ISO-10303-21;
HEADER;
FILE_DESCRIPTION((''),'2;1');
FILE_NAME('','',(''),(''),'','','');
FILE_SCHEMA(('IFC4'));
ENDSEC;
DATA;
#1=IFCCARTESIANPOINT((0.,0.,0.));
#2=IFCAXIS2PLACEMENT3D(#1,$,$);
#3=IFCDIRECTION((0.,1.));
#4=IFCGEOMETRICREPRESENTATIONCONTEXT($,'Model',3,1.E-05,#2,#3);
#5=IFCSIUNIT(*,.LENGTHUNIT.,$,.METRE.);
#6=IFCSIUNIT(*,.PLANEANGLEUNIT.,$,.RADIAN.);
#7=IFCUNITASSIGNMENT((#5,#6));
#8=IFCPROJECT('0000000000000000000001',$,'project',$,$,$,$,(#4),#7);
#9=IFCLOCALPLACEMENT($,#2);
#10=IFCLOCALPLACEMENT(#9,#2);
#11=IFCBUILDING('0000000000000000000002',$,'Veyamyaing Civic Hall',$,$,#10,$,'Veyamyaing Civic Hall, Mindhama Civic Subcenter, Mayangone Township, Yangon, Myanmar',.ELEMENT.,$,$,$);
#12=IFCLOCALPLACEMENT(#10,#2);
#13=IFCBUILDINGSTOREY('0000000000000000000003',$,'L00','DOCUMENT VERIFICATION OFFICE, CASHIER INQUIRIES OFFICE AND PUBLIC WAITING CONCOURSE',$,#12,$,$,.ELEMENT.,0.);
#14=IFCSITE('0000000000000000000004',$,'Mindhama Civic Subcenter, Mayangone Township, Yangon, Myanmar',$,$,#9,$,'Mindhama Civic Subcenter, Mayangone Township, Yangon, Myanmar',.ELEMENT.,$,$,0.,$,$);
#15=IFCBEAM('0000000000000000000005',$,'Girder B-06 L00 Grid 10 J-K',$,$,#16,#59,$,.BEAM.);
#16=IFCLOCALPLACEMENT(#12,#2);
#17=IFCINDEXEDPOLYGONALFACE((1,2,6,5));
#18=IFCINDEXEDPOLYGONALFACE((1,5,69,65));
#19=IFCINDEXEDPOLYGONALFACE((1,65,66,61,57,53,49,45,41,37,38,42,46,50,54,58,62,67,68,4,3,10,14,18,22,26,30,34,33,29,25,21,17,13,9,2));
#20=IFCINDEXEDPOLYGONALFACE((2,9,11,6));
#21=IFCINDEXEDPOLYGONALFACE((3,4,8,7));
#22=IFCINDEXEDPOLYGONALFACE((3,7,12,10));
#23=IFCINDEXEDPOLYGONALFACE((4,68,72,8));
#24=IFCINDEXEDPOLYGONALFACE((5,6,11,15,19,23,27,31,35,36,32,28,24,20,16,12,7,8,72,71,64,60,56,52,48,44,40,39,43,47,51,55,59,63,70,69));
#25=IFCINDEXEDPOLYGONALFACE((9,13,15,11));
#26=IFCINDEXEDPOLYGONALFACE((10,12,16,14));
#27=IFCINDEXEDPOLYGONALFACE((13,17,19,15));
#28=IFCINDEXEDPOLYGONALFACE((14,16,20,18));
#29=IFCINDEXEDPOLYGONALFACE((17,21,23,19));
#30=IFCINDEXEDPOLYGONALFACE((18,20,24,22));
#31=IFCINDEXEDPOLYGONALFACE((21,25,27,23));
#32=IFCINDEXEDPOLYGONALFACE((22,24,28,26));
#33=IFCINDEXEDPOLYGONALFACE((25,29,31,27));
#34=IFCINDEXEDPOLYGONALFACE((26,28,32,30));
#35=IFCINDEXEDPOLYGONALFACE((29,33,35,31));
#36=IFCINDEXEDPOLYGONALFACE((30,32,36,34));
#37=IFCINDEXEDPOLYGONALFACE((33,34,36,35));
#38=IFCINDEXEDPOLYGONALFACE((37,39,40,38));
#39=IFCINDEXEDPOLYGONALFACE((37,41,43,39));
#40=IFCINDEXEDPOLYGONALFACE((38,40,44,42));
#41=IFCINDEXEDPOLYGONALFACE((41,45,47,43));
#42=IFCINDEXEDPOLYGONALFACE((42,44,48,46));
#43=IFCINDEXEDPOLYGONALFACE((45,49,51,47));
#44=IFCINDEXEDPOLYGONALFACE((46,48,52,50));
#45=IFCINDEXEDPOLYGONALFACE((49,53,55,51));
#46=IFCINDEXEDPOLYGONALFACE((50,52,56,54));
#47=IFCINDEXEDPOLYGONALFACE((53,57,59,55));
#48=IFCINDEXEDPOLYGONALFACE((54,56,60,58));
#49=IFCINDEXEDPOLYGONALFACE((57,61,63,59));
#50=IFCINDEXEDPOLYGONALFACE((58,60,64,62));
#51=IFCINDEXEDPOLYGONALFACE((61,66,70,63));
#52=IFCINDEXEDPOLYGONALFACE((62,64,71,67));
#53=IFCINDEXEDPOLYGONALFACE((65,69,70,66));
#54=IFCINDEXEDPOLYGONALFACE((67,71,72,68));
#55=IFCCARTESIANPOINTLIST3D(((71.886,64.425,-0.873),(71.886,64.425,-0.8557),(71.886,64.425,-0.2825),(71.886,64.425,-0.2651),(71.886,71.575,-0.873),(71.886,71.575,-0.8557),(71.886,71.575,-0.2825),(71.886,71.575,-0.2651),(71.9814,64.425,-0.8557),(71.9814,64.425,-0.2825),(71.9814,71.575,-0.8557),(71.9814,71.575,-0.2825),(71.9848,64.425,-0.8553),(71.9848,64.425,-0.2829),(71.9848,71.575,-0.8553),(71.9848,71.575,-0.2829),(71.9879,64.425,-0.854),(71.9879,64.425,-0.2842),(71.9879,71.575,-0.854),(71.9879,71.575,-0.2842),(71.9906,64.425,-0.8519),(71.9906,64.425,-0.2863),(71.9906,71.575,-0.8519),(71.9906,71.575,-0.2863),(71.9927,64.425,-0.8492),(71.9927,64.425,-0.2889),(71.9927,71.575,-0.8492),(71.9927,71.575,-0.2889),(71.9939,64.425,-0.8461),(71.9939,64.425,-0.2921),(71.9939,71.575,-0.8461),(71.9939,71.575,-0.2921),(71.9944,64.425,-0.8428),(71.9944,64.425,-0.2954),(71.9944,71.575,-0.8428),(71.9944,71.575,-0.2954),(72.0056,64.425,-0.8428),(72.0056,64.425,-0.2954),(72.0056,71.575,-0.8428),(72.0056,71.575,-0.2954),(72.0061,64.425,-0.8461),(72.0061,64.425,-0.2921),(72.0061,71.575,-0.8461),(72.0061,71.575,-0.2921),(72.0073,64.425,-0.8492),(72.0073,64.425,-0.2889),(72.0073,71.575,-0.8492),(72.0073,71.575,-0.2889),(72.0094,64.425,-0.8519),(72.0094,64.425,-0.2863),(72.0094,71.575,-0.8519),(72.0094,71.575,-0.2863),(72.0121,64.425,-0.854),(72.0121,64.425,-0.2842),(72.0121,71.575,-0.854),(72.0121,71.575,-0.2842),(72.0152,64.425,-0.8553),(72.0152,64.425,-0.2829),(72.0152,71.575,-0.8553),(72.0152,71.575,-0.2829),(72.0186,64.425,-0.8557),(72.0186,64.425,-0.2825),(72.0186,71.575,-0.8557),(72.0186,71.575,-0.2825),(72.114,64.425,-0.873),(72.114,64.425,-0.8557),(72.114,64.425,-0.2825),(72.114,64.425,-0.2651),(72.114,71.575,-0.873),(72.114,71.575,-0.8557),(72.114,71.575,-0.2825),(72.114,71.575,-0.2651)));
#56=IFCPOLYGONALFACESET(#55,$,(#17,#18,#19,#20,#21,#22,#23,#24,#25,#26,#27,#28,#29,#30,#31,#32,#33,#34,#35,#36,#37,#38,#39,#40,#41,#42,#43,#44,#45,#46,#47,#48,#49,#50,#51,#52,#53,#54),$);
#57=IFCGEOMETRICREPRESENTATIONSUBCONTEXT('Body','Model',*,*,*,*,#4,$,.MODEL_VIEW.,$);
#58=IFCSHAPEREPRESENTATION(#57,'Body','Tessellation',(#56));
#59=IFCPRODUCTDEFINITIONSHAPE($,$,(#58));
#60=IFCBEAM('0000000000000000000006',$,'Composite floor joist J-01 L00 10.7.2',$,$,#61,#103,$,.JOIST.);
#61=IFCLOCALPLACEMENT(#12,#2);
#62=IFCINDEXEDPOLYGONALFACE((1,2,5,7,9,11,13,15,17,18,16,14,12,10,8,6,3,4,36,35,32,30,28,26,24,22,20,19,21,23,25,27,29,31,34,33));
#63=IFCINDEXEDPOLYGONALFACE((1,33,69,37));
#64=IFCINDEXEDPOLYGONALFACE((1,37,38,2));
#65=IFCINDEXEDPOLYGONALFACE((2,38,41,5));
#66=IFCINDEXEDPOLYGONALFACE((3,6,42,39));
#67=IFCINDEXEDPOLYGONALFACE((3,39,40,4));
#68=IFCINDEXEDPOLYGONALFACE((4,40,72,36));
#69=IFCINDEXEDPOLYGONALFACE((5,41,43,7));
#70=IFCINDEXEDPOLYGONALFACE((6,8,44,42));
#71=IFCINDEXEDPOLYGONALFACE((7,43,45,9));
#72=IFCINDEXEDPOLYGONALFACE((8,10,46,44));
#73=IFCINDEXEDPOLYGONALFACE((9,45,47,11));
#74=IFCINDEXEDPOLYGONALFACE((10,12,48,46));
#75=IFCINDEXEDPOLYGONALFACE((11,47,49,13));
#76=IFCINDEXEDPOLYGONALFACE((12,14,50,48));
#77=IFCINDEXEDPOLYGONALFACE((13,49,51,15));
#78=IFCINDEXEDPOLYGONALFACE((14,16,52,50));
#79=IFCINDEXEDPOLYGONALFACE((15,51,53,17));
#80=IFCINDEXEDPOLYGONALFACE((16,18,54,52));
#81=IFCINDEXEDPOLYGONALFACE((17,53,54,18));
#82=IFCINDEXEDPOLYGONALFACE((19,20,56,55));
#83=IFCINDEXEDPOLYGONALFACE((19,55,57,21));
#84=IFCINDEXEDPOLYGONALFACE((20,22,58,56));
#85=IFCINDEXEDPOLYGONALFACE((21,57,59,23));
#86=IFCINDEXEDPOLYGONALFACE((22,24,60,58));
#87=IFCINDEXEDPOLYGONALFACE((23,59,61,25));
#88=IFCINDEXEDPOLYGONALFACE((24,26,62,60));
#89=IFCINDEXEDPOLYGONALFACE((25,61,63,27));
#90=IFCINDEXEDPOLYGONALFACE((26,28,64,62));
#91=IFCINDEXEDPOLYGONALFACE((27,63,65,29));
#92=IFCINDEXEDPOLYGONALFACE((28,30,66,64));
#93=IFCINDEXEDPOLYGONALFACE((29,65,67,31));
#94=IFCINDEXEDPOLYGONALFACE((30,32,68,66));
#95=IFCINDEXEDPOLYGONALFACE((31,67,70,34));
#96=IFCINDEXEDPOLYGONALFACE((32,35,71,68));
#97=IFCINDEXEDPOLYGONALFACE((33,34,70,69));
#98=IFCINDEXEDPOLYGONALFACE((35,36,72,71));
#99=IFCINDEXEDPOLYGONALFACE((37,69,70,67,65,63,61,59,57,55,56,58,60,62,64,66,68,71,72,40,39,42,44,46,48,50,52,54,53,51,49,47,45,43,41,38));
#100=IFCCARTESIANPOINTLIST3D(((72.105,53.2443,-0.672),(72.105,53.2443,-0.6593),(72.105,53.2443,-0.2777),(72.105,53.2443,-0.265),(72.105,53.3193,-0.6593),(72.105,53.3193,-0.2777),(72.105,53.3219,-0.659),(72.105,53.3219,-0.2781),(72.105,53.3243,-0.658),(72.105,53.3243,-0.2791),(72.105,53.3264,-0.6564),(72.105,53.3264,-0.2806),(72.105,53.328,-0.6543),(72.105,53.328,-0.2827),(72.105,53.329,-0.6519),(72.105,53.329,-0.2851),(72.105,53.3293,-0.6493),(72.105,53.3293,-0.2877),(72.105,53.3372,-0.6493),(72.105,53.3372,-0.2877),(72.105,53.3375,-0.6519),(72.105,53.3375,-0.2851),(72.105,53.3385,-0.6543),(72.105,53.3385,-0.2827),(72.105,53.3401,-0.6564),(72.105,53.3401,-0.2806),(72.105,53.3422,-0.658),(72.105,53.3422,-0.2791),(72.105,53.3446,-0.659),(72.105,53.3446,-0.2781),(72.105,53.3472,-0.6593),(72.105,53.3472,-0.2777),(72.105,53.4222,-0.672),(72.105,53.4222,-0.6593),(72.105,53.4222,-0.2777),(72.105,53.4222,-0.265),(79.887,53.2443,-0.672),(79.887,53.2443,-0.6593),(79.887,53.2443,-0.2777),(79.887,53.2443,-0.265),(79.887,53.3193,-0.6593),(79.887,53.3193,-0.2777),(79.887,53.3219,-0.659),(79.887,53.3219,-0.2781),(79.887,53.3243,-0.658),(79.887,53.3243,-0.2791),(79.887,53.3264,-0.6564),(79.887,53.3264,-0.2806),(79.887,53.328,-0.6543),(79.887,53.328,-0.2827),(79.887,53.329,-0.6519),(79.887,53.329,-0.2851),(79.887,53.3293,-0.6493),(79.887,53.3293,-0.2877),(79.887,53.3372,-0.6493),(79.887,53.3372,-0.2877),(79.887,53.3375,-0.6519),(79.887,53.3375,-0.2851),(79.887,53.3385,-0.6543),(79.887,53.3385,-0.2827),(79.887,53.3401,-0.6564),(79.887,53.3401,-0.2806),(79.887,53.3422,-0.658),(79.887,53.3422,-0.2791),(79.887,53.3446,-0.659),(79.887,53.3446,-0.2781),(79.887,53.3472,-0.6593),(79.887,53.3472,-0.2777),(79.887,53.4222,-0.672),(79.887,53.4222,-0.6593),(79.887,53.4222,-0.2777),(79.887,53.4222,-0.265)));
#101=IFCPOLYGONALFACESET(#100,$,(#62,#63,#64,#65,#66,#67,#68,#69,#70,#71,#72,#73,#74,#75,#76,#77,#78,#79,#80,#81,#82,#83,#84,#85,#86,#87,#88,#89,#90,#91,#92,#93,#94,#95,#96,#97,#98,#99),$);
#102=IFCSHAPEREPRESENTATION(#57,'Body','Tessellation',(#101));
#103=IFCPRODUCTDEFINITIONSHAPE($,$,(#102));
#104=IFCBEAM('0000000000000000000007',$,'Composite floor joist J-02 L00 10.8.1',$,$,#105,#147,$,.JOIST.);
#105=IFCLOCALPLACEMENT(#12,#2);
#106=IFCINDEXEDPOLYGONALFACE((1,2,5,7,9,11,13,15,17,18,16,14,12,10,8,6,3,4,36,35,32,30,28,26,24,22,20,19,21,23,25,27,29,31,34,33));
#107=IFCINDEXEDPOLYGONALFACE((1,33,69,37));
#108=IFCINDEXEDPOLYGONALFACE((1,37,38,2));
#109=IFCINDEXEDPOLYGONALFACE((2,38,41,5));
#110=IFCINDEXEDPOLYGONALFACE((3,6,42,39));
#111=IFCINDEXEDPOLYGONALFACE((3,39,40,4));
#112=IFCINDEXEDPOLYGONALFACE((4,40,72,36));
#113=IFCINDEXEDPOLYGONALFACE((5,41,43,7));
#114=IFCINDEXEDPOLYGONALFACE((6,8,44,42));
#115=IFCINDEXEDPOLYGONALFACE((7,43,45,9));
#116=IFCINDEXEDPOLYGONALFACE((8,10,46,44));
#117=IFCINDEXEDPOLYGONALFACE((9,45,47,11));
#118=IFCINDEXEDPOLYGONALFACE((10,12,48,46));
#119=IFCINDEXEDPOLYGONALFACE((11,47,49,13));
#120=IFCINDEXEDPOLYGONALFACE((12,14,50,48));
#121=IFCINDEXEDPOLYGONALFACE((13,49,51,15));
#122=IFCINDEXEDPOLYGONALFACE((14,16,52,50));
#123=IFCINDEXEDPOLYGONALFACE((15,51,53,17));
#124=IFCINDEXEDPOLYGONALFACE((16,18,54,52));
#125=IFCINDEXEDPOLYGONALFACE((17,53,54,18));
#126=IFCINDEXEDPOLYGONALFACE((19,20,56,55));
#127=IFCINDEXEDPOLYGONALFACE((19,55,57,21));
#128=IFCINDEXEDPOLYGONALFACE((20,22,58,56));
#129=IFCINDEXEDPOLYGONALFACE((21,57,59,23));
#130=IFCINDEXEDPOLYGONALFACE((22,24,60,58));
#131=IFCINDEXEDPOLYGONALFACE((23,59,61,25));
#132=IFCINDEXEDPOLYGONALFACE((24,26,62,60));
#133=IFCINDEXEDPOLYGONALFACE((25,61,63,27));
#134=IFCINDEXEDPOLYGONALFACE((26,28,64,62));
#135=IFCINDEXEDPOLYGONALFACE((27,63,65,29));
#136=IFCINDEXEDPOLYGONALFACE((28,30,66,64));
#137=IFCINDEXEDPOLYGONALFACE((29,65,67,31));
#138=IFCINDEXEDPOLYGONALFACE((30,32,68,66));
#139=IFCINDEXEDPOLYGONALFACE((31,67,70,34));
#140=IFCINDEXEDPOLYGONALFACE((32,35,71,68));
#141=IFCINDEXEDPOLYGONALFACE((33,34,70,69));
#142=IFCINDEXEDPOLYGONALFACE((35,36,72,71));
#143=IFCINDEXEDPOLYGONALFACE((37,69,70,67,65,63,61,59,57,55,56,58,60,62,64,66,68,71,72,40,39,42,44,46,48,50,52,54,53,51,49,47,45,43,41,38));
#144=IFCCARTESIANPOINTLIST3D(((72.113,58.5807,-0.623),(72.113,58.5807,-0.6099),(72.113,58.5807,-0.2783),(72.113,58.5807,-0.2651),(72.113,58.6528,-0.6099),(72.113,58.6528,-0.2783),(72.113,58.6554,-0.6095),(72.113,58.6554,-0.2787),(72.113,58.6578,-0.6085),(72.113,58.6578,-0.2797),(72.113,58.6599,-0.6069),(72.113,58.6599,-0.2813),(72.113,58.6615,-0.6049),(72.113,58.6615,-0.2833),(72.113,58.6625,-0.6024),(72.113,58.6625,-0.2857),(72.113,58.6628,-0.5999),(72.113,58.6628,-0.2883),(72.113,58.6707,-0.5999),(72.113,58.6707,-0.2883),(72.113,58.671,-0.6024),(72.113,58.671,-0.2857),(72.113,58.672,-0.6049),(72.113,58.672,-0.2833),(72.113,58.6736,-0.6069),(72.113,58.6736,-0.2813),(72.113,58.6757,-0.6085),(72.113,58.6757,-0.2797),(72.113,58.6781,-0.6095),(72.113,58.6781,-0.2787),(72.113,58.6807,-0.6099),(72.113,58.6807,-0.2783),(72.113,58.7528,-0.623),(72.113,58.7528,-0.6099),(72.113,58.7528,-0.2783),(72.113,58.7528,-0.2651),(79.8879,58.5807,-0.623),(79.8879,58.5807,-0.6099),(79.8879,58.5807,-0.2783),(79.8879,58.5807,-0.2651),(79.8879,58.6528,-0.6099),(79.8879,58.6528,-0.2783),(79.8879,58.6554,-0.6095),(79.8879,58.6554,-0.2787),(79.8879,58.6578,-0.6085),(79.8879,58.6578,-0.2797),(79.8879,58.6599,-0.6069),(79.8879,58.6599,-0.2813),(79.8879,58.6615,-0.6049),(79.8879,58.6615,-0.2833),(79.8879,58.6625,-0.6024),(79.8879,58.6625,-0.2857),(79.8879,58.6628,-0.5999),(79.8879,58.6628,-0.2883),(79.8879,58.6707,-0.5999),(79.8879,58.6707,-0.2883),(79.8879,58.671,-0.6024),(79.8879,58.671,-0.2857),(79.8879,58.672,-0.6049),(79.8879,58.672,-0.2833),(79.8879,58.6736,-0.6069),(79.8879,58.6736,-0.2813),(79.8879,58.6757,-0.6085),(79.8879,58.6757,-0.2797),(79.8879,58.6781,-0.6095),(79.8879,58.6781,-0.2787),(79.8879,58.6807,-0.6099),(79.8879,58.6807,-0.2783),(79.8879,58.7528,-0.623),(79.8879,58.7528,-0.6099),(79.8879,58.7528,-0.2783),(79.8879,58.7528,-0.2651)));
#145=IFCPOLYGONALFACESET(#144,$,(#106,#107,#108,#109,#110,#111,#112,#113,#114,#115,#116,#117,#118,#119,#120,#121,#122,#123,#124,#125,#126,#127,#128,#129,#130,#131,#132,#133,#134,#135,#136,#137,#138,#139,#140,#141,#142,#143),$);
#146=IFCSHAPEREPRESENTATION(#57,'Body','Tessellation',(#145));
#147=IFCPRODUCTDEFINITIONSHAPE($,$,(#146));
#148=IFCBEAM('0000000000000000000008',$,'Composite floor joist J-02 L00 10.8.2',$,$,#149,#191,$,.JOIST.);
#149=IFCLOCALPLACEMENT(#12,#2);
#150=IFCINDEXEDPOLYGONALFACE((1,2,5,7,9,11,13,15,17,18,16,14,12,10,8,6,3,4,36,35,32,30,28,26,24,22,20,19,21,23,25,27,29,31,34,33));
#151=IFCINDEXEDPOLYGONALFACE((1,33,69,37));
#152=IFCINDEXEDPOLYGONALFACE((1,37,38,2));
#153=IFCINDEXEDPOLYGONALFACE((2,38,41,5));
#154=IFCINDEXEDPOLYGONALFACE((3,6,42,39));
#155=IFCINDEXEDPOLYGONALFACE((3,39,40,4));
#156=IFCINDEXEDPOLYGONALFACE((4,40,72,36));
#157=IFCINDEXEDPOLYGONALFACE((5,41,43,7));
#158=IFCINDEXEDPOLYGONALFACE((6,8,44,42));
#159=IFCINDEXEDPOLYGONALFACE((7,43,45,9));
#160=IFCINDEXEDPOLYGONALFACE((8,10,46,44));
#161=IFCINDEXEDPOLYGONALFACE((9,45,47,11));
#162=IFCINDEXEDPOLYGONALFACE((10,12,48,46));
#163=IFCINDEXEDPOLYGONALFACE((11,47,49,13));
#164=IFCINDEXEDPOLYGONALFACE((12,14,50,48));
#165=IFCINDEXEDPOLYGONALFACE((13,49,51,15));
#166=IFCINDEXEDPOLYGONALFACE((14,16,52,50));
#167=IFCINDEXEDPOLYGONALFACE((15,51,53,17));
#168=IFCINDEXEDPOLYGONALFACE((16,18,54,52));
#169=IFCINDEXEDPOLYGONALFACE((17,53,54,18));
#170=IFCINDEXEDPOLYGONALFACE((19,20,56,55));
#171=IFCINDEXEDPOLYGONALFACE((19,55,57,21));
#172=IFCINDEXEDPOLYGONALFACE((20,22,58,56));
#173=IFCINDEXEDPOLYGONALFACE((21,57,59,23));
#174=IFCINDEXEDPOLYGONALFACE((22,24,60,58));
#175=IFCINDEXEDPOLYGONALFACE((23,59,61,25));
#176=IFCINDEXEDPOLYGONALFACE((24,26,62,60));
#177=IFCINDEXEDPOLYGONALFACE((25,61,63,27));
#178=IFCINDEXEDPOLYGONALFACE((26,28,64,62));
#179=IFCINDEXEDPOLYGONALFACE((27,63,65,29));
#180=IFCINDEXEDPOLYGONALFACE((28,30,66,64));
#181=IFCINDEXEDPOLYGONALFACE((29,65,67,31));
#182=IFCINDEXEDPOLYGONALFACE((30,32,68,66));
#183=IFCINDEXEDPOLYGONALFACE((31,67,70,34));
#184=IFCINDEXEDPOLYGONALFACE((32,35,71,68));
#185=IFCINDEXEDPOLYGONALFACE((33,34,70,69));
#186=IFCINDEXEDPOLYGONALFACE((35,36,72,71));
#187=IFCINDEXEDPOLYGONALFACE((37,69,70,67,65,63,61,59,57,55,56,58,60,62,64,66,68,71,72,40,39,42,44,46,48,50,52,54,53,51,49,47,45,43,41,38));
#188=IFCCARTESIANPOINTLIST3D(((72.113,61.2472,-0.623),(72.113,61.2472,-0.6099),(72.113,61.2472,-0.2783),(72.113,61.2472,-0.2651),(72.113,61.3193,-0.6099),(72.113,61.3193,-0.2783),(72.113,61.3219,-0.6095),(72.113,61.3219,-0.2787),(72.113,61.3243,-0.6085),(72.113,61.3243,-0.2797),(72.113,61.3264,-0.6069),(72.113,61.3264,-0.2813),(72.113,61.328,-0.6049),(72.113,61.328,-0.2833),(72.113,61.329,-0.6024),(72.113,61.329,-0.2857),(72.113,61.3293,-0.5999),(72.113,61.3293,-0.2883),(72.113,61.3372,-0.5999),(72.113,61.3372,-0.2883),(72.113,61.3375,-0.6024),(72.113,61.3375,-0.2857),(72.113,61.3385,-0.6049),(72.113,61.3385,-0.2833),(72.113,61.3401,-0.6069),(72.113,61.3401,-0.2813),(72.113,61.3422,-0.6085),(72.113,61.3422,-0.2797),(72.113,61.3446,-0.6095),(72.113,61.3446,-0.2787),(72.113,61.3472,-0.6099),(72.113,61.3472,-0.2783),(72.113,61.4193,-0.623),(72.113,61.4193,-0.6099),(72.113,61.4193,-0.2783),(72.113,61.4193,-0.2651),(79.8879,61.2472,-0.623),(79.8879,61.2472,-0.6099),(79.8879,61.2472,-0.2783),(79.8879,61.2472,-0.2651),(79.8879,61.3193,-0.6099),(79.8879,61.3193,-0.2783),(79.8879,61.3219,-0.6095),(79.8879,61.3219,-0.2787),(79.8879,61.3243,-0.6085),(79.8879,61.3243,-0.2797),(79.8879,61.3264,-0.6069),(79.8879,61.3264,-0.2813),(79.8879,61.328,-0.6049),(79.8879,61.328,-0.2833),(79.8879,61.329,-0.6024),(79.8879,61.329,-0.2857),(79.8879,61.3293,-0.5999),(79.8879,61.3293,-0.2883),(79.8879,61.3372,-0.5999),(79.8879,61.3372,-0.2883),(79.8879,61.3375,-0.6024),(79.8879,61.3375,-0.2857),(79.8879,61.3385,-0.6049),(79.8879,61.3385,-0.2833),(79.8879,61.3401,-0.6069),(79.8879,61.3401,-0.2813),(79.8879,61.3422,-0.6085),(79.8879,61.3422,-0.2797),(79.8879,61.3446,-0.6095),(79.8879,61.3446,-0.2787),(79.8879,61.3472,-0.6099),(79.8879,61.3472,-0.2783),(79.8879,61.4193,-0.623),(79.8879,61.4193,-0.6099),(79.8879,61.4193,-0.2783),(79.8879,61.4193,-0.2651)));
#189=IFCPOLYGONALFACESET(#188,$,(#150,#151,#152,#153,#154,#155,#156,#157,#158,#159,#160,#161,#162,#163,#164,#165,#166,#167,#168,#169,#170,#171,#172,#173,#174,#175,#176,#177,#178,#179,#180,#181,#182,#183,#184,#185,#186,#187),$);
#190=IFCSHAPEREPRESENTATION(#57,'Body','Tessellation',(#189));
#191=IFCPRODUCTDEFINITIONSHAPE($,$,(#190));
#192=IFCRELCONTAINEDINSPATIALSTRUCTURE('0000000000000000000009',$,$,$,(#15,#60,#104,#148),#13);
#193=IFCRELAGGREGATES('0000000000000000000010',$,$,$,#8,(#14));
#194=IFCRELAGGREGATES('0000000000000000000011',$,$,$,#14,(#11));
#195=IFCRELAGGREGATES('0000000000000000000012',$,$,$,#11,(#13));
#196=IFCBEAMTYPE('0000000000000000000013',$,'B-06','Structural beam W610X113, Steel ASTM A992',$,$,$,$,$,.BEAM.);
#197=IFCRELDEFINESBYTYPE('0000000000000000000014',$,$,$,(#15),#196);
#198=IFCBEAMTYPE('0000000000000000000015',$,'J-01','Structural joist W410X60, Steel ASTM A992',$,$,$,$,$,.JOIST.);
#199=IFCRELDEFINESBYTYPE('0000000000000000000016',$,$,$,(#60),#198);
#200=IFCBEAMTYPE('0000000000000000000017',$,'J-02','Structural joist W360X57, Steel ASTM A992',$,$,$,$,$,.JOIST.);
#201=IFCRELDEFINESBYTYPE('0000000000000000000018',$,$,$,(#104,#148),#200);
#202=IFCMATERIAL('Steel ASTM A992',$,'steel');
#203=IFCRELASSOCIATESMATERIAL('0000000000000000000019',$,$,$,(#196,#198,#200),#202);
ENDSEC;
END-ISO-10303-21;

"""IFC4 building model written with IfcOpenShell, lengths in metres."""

from ifc_helpers import new_model, si_unit, direction, frame, origin, origin_2d, place, context, subcontext, project, spatial, i_section, extrude, material, material_profile, profile_set, type_object, element, save


model = new_model("IFC4")

# Units and contexts
model_context = context("Model", 3, precision=1e-05, world=origin(), true_north=direction((0.0, 1.0)))
body_context = subcontext(model_context, "Body", "Model", "MODEL_VIEW")
ifc_project = project(units=[si_unit("LENGTHUNIT", "METRE"), si_unit("PLANEANGLEUNIT", "RADIAN")], contexts=[model_context])

# Site, building, storey
site_placement = place(None, origin())
site = spatial("IfcSite", under=ifc_project, at=site_placement, Name="Mindhama Civic Subcenter, Mayangone Township, Yangon, Myanmar", LongName="Mindhama Civic Subcenter, Mayangone Township, Yangon, Myanmar", CompositionType="ELEMENT", RefElevation=0.0)
building_placement = place(site_placement, origin())
building = spatial("IfcBuilding", under=site, at=building_placement, Name="Veyamyaing Civic Hall", LongName="Veyamyaing Civic Hall, Mindhama Civic Subcenter, Mayangone Township, Yangon, Myanmar", CompositionType="ELEMENT")
storey_placement = place(building_placement, origin())
storey = spatial("IfcBuildingStorey", under=building, at=storey_placement, Name="L00", Description="DOCUMENT VERIFICATION OFFICE, CASHIER INQUIRIES OFFICE AND PUBLIC WAITING CONCOURSE", CompositionType="ELEMENT", Elevation=0.0)

# Beams
ifc_material_1 = material(Name="Steel ASTM A992", Category="steel")
ifc_material_profile_1 = material_profile(ifc_material_1, i_section(OverallWidth=0.228, OverallDepth=0.6079, WebThickness=0.0112, FlangeThickness=0.0173, FilletRadius=0.0129, at=origin_2d()), Name="W610X113")
ifc_profile_set_1 = profile_set([ifc_material_profile_1], Name="Steel ASTM A992")
beam_type_1 = type_object("IfcBeamType", Name="B-06", Description="Structural beam W610X113, Steel ASTM A992", PredefinedType="BEAM", material=ifc_profile_set_1)
beam_1_placement = place(storey_placement, frame((72.0, 64.425, -0.5691), z_axis=(0.0, 1.0, 0.0), x_axis=(-1.0, 0.0, 0.0)))
element("IfcBeam", 1, at=beam_1_placement, inside=storey, type_object=beam_type_1, Name="Girder B-06 L00 Grid 10 J-K", PredefinedType="BEAM", context=body_context, shape_type="SweptSolid", body=[
    extrude(i_section(OverallWidth=0.228, OverallDepth=0.6079, WebThickness=0.0112, FlangeThickness=0.0173, FilletRadius=0.0129, at=origin_2d()), origin(), (0.0, 0.0, 1.0), 7.1499),
])
ifc_material_profile_2 = material_profile(ifc_material_1, i_section(OverallWidth=0.178, OverallDepth=0.407, WebThickness=0.0078, FlangeThickness=0.0127, FilletRadius=0.01, at=origin_2d()), Name="W410X60")
ifc_profile_set_2 = profile_set([ifc_material_profile_2], Name="Steel ASTM A992")
beam_type_2 = type_object("IfcBeamType", Name="J-01", Description="Structural joist W410X60, Steel ASTM A992", PredefinedType="JOIST", material=ifc_profile_set_2)
beam_2_placement = place(storey_placement, frame((72.105, 53.3333, -0.4685), z_axis=(1.0, 0.0, 0.0), x_axis=(0.0, 1.0, 0.0)))
element("IfcBeam", 2, at=beam_2_placement, inside=storey, type_object=beam_type_2, Name="Composite floor joist J-01 L00 10.7.2", PredefinedType="JOIST", context=body_context, shape_type="SweptSolid", body=[
    extrude(i_section(OverallWidth=0.178, OverallDepth=0.407, WebThickness=0.0078, FlangeThickness=0.0127, FilletRadius=0.01, at=origin_2d()), origin(), (0.0, 0.0, 1.0), 7.782),
])
ifc_material_profile_3 = material_profile(ifc_material_1, i_section(OverallWidth=0.1721, OverallDepth=0.3579, WebThickness=0.0078, FlangeThickness=0.0132, FilletRadius=0.01, at=origin_2d()), Name="W360X57")
ifc_profile_set_3 = profile_set([ifc_material_profile_3], Name="Steel ASTM A992")
beam_type_3 = type_object("IfcBeamType", Name="J-02", Description="Structural joist W360X57, Steel ASTM A992", PredefinedType="JOIST", material=ifc_profile_set_3)
for number, where, z_axis, x_axis, name in (
    (3, (72.113, 58.6667, -0.4441), (1.0, 0.0, 0.0), (0.0, 1.0, 0.0), "Composite floor joist J-02 L00 10.8.1"),
    (4, (72.113, 61.3333, -0.4441), (1.0, 0.0, 0.0), (0.0, 1.0, 0.0), "Composite floor joist J-02 L00 10.8.2"),
):
    element("IfcBeam", number, at=place(storey_placement, frame(where, z_axis=z_axis, x_axis=x_axis)), inside=storey, type_object=beam_type_3, Name=name, PredefinedType="JOIST", context=body_context, shape_type="SweptSolid", body=[
        extrude(i_section(OverallWidth=0.1721, OverallDepth=0.3579, WebThickness=0.0078, FlangeThickness=0.0132, FilletRadius=0.01, at=origin_2d()), origin(), (0.0, 0.0, 1.0), 7.7749),
    ])

save(model, "model.ifc")
